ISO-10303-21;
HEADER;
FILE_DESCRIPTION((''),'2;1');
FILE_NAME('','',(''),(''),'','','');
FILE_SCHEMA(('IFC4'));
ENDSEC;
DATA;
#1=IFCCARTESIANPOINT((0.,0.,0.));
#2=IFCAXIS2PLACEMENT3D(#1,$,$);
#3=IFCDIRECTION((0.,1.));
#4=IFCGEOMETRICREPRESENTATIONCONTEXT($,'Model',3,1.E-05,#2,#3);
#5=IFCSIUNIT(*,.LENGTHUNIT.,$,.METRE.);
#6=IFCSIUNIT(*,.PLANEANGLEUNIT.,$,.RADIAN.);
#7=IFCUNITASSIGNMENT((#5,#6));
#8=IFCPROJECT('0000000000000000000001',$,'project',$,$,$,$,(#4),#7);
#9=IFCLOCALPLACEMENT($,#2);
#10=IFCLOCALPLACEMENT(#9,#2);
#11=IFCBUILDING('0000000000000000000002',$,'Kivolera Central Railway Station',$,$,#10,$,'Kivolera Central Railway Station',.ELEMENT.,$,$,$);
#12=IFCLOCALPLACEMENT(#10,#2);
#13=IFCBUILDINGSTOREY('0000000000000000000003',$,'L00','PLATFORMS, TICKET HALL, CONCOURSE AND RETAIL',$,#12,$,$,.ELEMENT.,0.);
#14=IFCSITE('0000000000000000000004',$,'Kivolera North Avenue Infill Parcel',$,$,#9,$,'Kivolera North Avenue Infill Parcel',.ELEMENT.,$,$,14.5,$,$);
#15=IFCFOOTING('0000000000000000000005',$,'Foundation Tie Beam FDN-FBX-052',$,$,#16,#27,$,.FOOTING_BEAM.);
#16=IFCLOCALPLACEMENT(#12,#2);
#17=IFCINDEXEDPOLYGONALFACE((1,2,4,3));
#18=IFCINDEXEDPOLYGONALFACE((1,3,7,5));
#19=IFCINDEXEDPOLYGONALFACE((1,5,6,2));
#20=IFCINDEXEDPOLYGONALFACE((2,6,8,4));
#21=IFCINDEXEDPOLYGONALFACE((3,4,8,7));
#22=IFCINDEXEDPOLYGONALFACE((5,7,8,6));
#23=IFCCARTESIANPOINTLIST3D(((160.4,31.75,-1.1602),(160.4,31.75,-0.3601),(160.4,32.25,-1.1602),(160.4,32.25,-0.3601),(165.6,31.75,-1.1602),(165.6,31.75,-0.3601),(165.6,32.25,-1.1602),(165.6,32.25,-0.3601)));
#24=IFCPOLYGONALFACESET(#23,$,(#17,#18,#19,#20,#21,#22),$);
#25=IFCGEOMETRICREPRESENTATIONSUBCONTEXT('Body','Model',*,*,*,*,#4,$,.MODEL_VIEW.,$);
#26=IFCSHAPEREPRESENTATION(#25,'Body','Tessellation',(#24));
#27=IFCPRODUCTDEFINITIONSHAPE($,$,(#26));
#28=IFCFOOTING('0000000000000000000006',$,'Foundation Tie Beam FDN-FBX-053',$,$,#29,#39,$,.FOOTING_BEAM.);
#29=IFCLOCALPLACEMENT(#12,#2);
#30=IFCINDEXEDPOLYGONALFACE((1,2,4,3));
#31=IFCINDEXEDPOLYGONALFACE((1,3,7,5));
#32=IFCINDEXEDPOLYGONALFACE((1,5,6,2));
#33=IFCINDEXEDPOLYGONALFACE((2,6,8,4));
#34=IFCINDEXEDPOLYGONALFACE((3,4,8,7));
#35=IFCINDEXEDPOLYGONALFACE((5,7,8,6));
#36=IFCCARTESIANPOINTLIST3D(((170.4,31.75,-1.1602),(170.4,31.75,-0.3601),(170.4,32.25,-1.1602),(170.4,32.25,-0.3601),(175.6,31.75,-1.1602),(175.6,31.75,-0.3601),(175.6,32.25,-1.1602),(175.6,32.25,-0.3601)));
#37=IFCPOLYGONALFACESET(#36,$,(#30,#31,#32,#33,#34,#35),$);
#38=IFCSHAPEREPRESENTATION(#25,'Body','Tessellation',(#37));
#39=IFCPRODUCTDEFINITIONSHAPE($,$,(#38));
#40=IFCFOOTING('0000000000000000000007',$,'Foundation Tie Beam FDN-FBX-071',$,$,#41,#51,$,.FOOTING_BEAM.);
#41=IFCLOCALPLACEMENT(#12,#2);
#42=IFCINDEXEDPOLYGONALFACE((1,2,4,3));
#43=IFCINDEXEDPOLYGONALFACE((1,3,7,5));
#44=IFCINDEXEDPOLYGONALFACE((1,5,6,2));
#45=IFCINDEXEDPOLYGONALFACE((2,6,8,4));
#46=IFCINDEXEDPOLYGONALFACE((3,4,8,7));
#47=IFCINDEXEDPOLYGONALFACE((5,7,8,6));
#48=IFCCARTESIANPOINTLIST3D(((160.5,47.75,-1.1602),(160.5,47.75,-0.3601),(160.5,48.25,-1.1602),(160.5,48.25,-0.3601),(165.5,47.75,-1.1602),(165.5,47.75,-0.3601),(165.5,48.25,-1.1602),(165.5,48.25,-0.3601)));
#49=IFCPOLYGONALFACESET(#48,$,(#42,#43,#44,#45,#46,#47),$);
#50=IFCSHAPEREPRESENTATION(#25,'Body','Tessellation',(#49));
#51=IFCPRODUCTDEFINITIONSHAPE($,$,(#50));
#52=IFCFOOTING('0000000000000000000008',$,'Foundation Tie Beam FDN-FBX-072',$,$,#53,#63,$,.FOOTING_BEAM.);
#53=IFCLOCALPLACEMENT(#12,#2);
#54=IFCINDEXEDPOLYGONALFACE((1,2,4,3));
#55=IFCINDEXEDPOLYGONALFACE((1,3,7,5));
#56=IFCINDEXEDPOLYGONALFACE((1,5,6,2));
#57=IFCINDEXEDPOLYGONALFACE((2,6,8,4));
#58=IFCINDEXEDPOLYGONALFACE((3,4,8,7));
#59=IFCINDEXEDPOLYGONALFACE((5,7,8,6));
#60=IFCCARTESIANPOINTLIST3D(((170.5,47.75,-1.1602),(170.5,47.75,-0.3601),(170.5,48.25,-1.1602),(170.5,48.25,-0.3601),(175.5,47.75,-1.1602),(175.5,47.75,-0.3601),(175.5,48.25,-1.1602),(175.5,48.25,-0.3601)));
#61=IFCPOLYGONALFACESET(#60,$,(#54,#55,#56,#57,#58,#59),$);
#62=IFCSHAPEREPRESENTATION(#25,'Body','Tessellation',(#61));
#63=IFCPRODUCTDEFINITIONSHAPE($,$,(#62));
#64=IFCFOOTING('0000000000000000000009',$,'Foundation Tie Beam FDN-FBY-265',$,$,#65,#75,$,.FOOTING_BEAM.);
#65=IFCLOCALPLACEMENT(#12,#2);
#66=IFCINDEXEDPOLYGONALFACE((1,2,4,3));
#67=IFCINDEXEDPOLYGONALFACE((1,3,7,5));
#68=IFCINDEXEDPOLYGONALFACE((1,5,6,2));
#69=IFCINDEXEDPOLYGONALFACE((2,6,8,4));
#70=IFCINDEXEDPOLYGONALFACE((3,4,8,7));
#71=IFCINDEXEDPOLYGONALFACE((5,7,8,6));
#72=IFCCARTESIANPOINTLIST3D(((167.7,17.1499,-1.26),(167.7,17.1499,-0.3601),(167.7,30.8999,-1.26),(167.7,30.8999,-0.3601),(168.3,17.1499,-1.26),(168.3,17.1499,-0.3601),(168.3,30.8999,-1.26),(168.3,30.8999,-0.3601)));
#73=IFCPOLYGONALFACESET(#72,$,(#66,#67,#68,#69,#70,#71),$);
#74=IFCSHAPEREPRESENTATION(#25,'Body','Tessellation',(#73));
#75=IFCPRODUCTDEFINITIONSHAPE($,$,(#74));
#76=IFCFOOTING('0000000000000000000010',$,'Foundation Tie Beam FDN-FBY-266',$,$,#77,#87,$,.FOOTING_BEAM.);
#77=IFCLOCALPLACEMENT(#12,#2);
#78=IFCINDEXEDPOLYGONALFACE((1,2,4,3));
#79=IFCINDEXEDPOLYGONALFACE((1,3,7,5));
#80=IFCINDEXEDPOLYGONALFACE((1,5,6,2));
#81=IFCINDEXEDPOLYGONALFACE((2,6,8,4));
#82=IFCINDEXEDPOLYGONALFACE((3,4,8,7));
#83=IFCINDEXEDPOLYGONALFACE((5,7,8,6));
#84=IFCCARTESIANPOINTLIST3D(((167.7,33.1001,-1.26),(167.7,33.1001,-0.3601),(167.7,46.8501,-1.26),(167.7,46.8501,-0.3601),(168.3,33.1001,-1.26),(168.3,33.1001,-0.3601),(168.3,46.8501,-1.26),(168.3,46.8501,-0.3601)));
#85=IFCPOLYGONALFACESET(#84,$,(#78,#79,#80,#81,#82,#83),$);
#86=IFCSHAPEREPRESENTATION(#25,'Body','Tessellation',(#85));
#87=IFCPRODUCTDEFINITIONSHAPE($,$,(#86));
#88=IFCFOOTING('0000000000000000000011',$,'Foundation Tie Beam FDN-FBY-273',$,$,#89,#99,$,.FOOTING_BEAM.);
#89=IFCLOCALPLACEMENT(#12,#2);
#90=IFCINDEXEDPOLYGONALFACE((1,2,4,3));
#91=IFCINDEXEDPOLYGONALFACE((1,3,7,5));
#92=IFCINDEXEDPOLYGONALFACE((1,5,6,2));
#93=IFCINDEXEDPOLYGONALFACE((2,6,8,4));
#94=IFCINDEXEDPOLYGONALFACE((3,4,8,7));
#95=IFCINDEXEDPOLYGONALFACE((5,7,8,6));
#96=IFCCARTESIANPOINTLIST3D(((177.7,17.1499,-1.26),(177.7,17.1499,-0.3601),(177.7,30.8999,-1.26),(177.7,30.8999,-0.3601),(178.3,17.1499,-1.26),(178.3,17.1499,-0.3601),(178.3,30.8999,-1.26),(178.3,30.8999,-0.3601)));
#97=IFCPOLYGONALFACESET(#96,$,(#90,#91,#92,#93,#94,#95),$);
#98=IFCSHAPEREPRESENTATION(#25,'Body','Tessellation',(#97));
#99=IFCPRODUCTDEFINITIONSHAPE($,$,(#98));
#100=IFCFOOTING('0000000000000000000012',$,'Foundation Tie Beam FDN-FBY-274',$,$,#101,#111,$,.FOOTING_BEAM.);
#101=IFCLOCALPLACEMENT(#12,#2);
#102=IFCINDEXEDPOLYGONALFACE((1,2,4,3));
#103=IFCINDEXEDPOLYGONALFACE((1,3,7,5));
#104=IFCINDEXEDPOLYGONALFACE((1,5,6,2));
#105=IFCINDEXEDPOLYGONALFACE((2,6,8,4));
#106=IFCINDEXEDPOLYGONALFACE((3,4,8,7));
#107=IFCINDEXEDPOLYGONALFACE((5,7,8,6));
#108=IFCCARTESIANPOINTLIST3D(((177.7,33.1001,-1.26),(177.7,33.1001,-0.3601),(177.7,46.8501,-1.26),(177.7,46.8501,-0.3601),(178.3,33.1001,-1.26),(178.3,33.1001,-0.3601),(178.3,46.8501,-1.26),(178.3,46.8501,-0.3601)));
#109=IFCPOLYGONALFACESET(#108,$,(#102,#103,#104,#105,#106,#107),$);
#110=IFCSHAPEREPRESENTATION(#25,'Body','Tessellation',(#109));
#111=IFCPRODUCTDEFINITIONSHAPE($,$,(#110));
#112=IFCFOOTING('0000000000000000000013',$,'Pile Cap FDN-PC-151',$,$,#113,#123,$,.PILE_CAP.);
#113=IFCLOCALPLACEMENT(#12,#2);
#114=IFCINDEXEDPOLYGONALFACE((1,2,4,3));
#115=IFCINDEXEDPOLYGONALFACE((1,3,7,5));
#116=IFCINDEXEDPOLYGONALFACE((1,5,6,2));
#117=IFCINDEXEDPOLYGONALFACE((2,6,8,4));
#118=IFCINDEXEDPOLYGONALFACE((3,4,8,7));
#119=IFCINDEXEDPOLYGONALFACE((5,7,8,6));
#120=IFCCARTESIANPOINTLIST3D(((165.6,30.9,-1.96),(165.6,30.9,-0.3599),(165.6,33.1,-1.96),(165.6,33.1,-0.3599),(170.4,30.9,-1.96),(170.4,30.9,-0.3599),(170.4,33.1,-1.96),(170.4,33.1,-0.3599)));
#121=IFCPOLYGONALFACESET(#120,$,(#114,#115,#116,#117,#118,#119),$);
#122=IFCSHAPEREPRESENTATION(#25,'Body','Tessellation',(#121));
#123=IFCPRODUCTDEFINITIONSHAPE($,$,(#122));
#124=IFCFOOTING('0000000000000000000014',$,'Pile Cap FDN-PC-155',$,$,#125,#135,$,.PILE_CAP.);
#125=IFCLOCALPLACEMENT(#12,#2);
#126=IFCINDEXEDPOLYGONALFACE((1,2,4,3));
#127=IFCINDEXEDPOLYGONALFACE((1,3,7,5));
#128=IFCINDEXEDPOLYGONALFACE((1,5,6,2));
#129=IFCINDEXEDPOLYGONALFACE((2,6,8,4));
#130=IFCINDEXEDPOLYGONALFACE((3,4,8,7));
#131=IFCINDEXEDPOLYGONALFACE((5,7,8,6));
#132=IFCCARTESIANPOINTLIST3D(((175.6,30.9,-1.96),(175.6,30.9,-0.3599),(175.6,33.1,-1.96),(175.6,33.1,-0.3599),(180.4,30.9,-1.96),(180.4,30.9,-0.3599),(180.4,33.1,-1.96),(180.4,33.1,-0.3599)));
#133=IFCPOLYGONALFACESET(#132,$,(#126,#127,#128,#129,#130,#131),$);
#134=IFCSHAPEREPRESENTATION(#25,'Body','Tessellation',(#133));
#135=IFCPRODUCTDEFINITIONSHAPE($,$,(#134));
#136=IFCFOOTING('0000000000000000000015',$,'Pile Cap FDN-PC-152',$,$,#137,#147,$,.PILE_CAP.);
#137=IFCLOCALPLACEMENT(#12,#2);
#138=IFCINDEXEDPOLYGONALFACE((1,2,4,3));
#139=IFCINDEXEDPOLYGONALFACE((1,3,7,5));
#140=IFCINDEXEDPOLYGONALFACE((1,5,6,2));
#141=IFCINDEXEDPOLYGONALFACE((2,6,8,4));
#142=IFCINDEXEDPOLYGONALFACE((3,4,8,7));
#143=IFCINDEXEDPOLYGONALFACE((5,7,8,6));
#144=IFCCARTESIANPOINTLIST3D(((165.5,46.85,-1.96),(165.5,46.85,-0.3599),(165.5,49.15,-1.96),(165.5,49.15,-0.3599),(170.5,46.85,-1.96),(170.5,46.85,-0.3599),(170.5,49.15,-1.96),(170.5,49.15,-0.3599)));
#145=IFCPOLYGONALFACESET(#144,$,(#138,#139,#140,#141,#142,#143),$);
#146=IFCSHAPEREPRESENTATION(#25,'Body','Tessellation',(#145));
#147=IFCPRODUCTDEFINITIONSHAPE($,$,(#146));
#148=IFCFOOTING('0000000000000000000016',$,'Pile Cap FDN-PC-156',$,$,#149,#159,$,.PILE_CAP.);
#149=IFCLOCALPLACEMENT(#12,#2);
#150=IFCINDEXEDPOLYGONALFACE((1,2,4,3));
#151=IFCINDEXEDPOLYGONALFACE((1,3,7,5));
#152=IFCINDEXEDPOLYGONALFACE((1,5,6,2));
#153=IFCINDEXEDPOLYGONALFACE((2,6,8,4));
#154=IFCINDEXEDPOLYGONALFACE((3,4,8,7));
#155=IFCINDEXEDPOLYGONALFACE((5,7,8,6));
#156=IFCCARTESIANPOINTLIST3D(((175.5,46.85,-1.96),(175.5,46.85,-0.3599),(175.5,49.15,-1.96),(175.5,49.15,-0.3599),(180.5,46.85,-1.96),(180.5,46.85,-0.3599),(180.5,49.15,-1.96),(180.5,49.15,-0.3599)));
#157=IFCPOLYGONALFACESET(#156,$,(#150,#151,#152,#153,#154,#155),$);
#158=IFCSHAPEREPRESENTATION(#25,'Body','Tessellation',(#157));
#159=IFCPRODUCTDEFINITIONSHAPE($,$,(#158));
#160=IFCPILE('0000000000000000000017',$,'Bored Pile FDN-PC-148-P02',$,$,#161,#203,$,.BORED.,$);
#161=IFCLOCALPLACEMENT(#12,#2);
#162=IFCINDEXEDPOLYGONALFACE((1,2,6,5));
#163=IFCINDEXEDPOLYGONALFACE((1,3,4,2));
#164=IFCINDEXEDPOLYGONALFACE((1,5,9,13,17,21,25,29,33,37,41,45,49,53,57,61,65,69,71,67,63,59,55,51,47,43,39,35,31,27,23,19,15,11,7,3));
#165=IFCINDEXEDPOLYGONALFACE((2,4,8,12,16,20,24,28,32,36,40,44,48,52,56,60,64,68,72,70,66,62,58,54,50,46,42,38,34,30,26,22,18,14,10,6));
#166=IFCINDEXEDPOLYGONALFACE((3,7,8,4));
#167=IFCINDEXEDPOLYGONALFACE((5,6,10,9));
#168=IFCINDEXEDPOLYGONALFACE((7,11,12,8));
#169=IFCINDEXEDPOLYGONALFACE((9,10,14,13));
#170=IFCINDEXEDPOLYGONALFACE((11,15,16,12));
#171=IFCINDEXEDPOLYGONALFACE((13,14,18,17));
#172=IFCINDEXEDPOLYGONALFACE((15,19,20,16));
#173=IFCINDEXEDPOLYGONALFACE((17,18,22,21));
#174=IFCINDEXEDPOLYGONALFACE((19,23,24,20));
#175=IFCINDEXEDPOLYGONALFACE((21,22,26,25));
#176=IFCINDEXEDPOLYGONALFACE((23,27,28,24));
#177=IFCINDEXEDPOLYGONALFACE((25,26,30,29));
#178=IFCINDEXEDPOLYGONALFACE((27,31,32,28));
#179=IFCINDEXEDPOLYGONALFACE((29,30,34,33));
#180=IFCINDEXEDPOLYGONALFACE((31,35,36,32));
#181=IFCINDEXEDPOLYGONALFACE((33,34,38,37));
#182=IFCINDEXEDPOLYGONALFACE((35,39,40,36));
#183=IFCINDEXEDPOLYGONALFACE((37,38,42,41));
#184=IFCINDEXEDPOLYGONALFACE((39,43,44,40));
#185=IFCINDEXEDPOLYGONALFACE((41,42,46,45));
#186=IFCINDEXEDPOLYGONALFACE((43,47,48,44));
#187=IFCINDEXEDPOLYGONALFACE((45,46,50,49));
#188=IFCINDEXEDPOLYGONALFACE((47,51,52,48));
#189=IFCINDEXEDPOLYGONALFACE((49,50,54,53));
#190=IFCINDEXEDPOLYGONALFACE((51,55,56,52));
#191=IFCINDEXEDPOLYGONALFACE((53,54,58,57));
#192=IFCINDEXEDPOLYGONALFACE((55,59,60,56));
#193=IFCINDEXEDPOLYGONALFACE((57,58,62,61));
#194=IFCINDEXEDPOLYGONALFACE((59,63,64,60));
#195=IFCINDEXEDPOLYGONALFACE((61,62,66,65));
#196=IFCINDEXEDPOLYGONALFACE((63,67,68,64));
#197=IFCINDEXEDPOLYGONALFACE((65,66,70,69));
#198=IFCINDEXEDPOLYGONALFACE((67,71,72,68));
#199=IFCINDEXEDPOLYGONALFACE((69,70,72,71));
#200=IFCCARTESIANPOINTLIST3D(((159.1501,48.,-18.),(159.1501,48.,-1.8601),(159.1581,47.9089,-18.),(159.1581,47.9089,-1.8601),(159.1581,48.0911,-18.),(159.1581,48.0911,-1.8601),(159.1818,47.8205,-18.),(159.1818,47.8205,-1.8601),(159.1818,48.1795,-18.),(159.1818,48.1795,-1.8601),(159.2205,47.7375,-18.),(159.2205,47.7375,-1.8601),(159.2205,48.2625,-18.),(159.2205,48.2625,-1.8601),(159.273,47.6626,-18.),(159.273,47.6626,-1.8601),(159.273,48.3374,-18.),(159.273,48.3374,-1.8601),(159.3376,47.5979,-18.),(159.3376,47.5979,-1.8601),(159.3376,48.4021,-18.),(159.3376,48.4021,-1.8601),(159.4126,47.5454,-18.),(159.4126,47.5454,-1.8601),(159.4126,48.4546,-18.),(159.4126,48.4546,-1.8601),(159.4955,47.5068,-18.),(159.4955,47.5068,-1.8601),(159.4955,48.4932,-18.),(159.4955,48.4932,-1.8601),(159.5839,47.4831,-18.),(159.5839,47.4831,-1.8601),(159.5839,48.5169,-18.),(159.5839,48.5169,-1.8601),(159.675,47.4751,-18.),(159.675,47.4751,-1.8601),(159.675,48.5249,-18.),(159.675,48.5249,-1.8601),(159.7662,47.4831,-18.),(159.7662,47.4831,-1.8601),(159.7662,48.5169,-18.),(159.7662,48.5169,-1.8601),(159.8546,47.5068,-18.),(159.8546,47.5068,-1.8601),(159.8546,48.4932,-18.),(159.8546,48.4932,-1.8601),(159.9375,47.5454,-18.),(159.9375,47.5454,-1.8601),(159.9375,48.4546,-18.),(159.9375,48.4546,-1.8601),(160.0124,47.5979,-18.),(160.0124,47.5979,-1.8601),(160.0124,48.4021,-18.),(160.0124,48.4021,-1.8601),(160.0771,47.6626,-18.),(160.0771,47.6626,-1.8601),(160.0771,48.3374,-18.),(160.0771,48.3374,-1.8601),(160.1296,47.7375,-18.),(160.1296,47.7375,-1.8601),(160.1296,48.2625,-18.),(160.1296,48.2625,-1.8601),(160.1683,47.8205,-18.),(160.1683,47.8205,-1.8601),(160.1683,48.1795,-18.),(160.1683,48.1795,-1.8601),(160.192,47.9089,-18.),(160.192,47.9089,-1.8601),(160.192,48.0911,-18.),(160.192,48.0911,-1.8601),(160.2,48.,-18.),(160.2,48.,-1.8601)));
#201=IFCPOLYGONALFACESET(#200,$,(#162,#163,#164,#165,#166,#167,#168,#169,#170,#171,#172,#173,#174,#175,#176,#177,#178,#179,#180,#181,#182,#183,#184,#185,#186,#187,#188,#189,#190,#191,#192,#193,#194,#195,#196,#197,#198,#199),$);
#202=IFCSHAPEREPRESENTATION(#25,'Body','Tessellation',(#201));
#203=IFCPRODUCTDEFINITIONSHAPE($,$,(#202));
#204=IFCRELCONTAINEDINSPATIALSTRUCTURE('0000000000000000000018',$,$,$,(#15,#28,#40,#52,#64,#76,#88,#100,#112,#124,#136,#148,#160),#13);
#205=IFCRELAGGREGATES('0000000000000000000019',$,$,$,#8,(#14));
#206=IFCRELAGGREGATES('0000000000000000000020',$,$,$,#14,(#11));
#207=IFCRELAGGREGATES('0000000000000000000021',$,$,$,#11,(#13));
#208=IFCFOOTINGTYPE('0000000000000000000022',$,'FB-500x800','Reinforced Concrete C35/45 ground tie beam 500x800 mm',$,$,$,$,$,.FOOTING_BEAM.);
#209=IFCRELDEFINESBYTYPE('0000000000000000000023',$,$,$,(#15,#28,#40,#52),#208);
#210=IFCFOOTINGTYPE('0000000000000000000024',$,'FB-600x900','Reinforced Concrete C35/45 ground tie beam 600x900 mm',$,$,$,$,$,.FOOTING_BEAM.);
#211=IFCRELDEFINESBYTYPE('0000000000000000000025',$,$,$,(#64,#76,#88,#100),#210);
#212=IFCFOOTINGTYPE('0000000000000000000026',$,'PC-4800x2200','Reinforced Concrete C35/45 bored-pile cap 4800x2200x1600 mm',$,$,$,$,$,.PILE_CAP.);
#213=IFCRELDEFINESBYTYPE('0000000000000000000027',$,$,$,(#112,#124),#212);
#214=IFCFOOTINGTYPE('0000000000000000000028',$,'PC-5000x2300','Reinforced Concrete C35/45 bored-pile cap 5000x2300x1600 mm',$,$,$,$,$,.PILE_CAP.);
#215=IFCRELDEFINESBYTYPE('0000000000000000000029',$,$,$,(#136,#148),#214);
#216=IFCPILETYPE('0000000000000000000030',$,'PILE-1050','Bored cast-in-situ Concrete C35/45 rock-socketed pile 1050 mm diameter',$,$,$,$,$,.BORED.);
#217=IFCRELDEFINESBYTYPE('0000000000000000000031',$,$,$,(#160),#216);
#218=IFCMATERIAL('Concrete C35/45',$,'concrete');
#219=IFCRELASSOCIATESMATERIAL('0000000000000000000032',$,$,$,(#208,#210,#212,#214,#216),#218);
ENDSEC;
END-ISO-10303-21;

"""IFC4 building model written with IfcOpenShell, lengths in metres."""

from ifc_helpers import new_model, si_unit, direction, frame, origin, origin_2d, place, context, subcontext, project, spatial, rectangle, circle, extrude, material, material_profile, profile_set, type_object, element, save


model = new_model("IFC4")

# Units and contexts
model_context = context("Model", 3, precision=1e-05, world=origin(), true_north=direction((0.0, 1.0)))
body_context = subcontext(model_context, "Body", "Model", "MODEL_VIEW")
ifc_project = project(units=[si_unit("LENGTHUNIT", "METRE"), si_unit("PLANEANGLEUNIT", "RADIAN")], contexts=[model_context])

# Site, building, storey
site_placement = place(None, origin())
site = spatial("IfcSite", under=ifc_project, at=site_placement, Name="Kivolera North Avenue Infill Parcel", LongName="Kivolera North Avenue Infill Parcel", CompositionType="ELEMENT", RefElevation=14.5)
building_placement = place(site_placement, origin())
building = spatial("IfcBuilding", under=site, at=building_placement, Name="Kivolera Central Railway Station", LongName="Kivolera Central Railway Station", CompositionType="ELEMENT")
storey_placement = place(building_placement, origin())
storey = spatial("IfcBuildingStorey", under=building, at=storey_placement, Name="L00", Description="PLATFORMS, TICKET HALL, CONCOURSE AND RETAIL", CompositionType="ELEMENT", Elevation=0.0)

# Footings
ifc_material_1 = material(Name="Concrete C35/45", Category="concrete")
footing_type_1 = type_object("IfcFootingType", Name="FB-500x800", Description="Reinforced Concrete C35/45 ground tie beam 500x800 mm", PredefinedType="FOOTING_BEAM", material=ifc_material_1)
for number, where, z_axis, x_axis, name in (
    (1, (163.0, 32.0, -1.1602), (0.0, 0.0, 1.0), (1.0, 0.0, 0.0), "Foundation Tie Beam FDN-FBX-052"),
    (2, (173.0, 32.0, -1.1602), (0.0, 0.0, 1.0), (1.0, 0.0, 0.0), "Foundation Tie Beam FDN-FBX-053"),
):
    element("IfcFooting", number, at=place(storey_placement, frame(where, z_axis=z_axis, x_axis=x_axis)), inside=storey, type_object=footing_type_1, Name=name, PredefinedType="FOOTING_BEAM", context=body_context, shape_type="SweptSolid", body=[
        extrude(rectangle(XDim=5.2, YDim=0.5, at=origin_2d()), origin(), (0.0, 0.0, 1.0), 0.8),
    ])
for number, where, z_axis, x_axis, name in (
    (3, (163.0, 48.0, -1.1602), (0.0, 0.0, 1.0), (1.0, 0.0, 0.0), "Foundation Tie Beam FDN-FBX-071"),
    (4, (173.0, 48.0, -1.1602), (0.0, 0.0, 1.0), (1.0, 0.0, 0.0), "Foundation Tie Beam FDN-FBX-072"),
):
    element("IfcFooting", number, at=place(storey_placement, frame(where, z_axis=z_axis, x_axis=x_axis)), inside=storey, type_object=footing_type_1, Name=name, PredefinedType="FOOTING_BEAM", context=body_context, shape_type="SweptSolid", body=[
        extrude(rectangle(XDim=5.0, YDim=0.5, at=origin_2d()), origin(), (0.0, 0.0, 1.0), 0.8),
    ])
footing_type_2 = type_object("IfcFootingType", Name="FB-600x900", Description="Reinforced Concrete C35/45 ground tie beam 600x900 mm", PredefinedType="FOOTING_BEAM", material=ifc_material_1)
for number, where, z_axis, x_axis, name in (
    (5, (168.0, 24.0249, -1.26), (0.0, 0.0, 1.0), (1.0, 0.0, 0.0), "Foundation Tie Beam FDN-FBY-265"),
    (6, (168.0, 39.9751, -1.26), (0.0, 0.0, 1.0), (1.0, 0.0, 0.0), "Foundation Tie Beam FDN-FBY-266"),
    (7, (178.0, 24.0249, -1.26), (0.0, 0.0, 1.0), (1.0, 0.0, 0.0), "Foundation Tie Beam FDN-FBY-273"),
    (8, (178.0, 39.9751, -1.26), (0.0, 0.0, 1.0), (1.0, 0.0, 0.0), "Foundation Tie Beam FDN-FBY-274"),
):
    element("IfcFooting", number, at=place(storey_placement, frame(where, z_axis=z_axis, x_axis=x_axis)), inside=storey, type_object=footing_type_2, Name=name, PredefinedType="FOOTING_BEAM", context=body_context, shape_type="SweptSolid", body=[
        extrude(rectangle(XDim=0.6001, YDim=13.75, at=origin_2d()), origin(), (0.0, 0.0, 1.0), 0.8999),
    ])
footing_type_3 = type_object("IfcFootingType", Name="PC-4800x2200", Description="Reinforced Concrete C35/45 bored-pile cap 4800x2200x1600 mm", PredefinedType="PILE_CAP", material=ifc_material_1)
for number, where, z_axis, x_axis, name in (
    (9, (168.0, 32.0, -1.96), (0.0, 0.0, 1.0), (1.0, 0.0, 0.0), "Pile Cap FDN-PC-151"),
    (10, (178.0, 32.0, -1.96), (0.0, 0.0, 1.0), (1.0, 0.0, 0.0), "Pile Cap FDN-PC-155"),
):
    element("IfcFooting", number, at=place(storey_placement, frame(where, z_axis=z_axis, x_axis=x_axis)), inside=storey, type_object=footing_type_3, Name=name, PredefinedType="PILE_CAP", context=body_context, shape_type="SweptSolid", body=[
        extrude(rectangle(XDim=4.8, YDim=2.2, at=origin_2d()), origin(), (0.0, 0.0, 1.0), 1.6001),
    ])
footing_type_4 = type_object("IfcFootingType", Name="PC-5000x2300", Description="Reinforced Concrete C35/45 bored-pile cap 5000x2300x1600 mm", PredefinedType="PILE_CAP", material=ifc_material_1)
for number, where, z_axis, x_axis, name in (
    (11, (168.0, 48.0, -1.96), (0.0, 0.0, 1.0), (1.0, 0.0, 0.0), "Pile Cap FDN-PC-152"),
    (12, (178.0, 48.0, -1.96), (0.0, 0.0, 1.0), (1.0, 0.0, 0.0), "Pile Cap FDN-PC-156"),
):
    element("IfcFooting", number, at=place(storey_placement, frame(where, z_axis=z_axis, x_axis=x_axis)), inside=storey, type_object=footing_type_4, Name=name, PredefinedType="PILE_CAP", context=body_context, shape_type="SweptSolid", body=[
        extrude(rectangle(XDim=5.0, YDim=2.3, at=origin_2d()), origin(), (0.0, 0.0, 1.0), 1.6001),
    ])

# Pile
ifc_material_profile_1 = material_profile(ifc_material_1, circle(Radius=0.5249, at=origin_2d()), Name="PILE D1050")
ifc_profile_set_1 = profile_set([ifc_material_profile_1], Name="Concrete C35/45")
pile_type = type_object("IfcPileType", Name="PILE-1050", Description="Bored cast-in-situ Concrete C35/45 rock-socketed pile 1050 mm diameter", PredefinedType="BORED", material=ifc_profile_set_1)
for number, where, z_axis, x_axis, name in (
    (13, (159.675, 48.0, -1.8601), (0.0, 0.0, -1.0), (1.0, 0.0, 0.0), "Bored Pile FDN-PC-148-P02"),
):
    element("IfcPile", number, at=place(storey_placement, frame(where, z_axis=z_axis, x_axis=x_axis)), inside=storey, type_object=pile_type, Name=name, PredefinedType="BORED", context=body_context, shape_type="SweptSolid", body=[
        extrude(circle(Radius=0.5249, at=origin_2d()), origin(), (0.0, 0.0, 1.0), 16.1399),
    ])

save(model, "model.ifc")
